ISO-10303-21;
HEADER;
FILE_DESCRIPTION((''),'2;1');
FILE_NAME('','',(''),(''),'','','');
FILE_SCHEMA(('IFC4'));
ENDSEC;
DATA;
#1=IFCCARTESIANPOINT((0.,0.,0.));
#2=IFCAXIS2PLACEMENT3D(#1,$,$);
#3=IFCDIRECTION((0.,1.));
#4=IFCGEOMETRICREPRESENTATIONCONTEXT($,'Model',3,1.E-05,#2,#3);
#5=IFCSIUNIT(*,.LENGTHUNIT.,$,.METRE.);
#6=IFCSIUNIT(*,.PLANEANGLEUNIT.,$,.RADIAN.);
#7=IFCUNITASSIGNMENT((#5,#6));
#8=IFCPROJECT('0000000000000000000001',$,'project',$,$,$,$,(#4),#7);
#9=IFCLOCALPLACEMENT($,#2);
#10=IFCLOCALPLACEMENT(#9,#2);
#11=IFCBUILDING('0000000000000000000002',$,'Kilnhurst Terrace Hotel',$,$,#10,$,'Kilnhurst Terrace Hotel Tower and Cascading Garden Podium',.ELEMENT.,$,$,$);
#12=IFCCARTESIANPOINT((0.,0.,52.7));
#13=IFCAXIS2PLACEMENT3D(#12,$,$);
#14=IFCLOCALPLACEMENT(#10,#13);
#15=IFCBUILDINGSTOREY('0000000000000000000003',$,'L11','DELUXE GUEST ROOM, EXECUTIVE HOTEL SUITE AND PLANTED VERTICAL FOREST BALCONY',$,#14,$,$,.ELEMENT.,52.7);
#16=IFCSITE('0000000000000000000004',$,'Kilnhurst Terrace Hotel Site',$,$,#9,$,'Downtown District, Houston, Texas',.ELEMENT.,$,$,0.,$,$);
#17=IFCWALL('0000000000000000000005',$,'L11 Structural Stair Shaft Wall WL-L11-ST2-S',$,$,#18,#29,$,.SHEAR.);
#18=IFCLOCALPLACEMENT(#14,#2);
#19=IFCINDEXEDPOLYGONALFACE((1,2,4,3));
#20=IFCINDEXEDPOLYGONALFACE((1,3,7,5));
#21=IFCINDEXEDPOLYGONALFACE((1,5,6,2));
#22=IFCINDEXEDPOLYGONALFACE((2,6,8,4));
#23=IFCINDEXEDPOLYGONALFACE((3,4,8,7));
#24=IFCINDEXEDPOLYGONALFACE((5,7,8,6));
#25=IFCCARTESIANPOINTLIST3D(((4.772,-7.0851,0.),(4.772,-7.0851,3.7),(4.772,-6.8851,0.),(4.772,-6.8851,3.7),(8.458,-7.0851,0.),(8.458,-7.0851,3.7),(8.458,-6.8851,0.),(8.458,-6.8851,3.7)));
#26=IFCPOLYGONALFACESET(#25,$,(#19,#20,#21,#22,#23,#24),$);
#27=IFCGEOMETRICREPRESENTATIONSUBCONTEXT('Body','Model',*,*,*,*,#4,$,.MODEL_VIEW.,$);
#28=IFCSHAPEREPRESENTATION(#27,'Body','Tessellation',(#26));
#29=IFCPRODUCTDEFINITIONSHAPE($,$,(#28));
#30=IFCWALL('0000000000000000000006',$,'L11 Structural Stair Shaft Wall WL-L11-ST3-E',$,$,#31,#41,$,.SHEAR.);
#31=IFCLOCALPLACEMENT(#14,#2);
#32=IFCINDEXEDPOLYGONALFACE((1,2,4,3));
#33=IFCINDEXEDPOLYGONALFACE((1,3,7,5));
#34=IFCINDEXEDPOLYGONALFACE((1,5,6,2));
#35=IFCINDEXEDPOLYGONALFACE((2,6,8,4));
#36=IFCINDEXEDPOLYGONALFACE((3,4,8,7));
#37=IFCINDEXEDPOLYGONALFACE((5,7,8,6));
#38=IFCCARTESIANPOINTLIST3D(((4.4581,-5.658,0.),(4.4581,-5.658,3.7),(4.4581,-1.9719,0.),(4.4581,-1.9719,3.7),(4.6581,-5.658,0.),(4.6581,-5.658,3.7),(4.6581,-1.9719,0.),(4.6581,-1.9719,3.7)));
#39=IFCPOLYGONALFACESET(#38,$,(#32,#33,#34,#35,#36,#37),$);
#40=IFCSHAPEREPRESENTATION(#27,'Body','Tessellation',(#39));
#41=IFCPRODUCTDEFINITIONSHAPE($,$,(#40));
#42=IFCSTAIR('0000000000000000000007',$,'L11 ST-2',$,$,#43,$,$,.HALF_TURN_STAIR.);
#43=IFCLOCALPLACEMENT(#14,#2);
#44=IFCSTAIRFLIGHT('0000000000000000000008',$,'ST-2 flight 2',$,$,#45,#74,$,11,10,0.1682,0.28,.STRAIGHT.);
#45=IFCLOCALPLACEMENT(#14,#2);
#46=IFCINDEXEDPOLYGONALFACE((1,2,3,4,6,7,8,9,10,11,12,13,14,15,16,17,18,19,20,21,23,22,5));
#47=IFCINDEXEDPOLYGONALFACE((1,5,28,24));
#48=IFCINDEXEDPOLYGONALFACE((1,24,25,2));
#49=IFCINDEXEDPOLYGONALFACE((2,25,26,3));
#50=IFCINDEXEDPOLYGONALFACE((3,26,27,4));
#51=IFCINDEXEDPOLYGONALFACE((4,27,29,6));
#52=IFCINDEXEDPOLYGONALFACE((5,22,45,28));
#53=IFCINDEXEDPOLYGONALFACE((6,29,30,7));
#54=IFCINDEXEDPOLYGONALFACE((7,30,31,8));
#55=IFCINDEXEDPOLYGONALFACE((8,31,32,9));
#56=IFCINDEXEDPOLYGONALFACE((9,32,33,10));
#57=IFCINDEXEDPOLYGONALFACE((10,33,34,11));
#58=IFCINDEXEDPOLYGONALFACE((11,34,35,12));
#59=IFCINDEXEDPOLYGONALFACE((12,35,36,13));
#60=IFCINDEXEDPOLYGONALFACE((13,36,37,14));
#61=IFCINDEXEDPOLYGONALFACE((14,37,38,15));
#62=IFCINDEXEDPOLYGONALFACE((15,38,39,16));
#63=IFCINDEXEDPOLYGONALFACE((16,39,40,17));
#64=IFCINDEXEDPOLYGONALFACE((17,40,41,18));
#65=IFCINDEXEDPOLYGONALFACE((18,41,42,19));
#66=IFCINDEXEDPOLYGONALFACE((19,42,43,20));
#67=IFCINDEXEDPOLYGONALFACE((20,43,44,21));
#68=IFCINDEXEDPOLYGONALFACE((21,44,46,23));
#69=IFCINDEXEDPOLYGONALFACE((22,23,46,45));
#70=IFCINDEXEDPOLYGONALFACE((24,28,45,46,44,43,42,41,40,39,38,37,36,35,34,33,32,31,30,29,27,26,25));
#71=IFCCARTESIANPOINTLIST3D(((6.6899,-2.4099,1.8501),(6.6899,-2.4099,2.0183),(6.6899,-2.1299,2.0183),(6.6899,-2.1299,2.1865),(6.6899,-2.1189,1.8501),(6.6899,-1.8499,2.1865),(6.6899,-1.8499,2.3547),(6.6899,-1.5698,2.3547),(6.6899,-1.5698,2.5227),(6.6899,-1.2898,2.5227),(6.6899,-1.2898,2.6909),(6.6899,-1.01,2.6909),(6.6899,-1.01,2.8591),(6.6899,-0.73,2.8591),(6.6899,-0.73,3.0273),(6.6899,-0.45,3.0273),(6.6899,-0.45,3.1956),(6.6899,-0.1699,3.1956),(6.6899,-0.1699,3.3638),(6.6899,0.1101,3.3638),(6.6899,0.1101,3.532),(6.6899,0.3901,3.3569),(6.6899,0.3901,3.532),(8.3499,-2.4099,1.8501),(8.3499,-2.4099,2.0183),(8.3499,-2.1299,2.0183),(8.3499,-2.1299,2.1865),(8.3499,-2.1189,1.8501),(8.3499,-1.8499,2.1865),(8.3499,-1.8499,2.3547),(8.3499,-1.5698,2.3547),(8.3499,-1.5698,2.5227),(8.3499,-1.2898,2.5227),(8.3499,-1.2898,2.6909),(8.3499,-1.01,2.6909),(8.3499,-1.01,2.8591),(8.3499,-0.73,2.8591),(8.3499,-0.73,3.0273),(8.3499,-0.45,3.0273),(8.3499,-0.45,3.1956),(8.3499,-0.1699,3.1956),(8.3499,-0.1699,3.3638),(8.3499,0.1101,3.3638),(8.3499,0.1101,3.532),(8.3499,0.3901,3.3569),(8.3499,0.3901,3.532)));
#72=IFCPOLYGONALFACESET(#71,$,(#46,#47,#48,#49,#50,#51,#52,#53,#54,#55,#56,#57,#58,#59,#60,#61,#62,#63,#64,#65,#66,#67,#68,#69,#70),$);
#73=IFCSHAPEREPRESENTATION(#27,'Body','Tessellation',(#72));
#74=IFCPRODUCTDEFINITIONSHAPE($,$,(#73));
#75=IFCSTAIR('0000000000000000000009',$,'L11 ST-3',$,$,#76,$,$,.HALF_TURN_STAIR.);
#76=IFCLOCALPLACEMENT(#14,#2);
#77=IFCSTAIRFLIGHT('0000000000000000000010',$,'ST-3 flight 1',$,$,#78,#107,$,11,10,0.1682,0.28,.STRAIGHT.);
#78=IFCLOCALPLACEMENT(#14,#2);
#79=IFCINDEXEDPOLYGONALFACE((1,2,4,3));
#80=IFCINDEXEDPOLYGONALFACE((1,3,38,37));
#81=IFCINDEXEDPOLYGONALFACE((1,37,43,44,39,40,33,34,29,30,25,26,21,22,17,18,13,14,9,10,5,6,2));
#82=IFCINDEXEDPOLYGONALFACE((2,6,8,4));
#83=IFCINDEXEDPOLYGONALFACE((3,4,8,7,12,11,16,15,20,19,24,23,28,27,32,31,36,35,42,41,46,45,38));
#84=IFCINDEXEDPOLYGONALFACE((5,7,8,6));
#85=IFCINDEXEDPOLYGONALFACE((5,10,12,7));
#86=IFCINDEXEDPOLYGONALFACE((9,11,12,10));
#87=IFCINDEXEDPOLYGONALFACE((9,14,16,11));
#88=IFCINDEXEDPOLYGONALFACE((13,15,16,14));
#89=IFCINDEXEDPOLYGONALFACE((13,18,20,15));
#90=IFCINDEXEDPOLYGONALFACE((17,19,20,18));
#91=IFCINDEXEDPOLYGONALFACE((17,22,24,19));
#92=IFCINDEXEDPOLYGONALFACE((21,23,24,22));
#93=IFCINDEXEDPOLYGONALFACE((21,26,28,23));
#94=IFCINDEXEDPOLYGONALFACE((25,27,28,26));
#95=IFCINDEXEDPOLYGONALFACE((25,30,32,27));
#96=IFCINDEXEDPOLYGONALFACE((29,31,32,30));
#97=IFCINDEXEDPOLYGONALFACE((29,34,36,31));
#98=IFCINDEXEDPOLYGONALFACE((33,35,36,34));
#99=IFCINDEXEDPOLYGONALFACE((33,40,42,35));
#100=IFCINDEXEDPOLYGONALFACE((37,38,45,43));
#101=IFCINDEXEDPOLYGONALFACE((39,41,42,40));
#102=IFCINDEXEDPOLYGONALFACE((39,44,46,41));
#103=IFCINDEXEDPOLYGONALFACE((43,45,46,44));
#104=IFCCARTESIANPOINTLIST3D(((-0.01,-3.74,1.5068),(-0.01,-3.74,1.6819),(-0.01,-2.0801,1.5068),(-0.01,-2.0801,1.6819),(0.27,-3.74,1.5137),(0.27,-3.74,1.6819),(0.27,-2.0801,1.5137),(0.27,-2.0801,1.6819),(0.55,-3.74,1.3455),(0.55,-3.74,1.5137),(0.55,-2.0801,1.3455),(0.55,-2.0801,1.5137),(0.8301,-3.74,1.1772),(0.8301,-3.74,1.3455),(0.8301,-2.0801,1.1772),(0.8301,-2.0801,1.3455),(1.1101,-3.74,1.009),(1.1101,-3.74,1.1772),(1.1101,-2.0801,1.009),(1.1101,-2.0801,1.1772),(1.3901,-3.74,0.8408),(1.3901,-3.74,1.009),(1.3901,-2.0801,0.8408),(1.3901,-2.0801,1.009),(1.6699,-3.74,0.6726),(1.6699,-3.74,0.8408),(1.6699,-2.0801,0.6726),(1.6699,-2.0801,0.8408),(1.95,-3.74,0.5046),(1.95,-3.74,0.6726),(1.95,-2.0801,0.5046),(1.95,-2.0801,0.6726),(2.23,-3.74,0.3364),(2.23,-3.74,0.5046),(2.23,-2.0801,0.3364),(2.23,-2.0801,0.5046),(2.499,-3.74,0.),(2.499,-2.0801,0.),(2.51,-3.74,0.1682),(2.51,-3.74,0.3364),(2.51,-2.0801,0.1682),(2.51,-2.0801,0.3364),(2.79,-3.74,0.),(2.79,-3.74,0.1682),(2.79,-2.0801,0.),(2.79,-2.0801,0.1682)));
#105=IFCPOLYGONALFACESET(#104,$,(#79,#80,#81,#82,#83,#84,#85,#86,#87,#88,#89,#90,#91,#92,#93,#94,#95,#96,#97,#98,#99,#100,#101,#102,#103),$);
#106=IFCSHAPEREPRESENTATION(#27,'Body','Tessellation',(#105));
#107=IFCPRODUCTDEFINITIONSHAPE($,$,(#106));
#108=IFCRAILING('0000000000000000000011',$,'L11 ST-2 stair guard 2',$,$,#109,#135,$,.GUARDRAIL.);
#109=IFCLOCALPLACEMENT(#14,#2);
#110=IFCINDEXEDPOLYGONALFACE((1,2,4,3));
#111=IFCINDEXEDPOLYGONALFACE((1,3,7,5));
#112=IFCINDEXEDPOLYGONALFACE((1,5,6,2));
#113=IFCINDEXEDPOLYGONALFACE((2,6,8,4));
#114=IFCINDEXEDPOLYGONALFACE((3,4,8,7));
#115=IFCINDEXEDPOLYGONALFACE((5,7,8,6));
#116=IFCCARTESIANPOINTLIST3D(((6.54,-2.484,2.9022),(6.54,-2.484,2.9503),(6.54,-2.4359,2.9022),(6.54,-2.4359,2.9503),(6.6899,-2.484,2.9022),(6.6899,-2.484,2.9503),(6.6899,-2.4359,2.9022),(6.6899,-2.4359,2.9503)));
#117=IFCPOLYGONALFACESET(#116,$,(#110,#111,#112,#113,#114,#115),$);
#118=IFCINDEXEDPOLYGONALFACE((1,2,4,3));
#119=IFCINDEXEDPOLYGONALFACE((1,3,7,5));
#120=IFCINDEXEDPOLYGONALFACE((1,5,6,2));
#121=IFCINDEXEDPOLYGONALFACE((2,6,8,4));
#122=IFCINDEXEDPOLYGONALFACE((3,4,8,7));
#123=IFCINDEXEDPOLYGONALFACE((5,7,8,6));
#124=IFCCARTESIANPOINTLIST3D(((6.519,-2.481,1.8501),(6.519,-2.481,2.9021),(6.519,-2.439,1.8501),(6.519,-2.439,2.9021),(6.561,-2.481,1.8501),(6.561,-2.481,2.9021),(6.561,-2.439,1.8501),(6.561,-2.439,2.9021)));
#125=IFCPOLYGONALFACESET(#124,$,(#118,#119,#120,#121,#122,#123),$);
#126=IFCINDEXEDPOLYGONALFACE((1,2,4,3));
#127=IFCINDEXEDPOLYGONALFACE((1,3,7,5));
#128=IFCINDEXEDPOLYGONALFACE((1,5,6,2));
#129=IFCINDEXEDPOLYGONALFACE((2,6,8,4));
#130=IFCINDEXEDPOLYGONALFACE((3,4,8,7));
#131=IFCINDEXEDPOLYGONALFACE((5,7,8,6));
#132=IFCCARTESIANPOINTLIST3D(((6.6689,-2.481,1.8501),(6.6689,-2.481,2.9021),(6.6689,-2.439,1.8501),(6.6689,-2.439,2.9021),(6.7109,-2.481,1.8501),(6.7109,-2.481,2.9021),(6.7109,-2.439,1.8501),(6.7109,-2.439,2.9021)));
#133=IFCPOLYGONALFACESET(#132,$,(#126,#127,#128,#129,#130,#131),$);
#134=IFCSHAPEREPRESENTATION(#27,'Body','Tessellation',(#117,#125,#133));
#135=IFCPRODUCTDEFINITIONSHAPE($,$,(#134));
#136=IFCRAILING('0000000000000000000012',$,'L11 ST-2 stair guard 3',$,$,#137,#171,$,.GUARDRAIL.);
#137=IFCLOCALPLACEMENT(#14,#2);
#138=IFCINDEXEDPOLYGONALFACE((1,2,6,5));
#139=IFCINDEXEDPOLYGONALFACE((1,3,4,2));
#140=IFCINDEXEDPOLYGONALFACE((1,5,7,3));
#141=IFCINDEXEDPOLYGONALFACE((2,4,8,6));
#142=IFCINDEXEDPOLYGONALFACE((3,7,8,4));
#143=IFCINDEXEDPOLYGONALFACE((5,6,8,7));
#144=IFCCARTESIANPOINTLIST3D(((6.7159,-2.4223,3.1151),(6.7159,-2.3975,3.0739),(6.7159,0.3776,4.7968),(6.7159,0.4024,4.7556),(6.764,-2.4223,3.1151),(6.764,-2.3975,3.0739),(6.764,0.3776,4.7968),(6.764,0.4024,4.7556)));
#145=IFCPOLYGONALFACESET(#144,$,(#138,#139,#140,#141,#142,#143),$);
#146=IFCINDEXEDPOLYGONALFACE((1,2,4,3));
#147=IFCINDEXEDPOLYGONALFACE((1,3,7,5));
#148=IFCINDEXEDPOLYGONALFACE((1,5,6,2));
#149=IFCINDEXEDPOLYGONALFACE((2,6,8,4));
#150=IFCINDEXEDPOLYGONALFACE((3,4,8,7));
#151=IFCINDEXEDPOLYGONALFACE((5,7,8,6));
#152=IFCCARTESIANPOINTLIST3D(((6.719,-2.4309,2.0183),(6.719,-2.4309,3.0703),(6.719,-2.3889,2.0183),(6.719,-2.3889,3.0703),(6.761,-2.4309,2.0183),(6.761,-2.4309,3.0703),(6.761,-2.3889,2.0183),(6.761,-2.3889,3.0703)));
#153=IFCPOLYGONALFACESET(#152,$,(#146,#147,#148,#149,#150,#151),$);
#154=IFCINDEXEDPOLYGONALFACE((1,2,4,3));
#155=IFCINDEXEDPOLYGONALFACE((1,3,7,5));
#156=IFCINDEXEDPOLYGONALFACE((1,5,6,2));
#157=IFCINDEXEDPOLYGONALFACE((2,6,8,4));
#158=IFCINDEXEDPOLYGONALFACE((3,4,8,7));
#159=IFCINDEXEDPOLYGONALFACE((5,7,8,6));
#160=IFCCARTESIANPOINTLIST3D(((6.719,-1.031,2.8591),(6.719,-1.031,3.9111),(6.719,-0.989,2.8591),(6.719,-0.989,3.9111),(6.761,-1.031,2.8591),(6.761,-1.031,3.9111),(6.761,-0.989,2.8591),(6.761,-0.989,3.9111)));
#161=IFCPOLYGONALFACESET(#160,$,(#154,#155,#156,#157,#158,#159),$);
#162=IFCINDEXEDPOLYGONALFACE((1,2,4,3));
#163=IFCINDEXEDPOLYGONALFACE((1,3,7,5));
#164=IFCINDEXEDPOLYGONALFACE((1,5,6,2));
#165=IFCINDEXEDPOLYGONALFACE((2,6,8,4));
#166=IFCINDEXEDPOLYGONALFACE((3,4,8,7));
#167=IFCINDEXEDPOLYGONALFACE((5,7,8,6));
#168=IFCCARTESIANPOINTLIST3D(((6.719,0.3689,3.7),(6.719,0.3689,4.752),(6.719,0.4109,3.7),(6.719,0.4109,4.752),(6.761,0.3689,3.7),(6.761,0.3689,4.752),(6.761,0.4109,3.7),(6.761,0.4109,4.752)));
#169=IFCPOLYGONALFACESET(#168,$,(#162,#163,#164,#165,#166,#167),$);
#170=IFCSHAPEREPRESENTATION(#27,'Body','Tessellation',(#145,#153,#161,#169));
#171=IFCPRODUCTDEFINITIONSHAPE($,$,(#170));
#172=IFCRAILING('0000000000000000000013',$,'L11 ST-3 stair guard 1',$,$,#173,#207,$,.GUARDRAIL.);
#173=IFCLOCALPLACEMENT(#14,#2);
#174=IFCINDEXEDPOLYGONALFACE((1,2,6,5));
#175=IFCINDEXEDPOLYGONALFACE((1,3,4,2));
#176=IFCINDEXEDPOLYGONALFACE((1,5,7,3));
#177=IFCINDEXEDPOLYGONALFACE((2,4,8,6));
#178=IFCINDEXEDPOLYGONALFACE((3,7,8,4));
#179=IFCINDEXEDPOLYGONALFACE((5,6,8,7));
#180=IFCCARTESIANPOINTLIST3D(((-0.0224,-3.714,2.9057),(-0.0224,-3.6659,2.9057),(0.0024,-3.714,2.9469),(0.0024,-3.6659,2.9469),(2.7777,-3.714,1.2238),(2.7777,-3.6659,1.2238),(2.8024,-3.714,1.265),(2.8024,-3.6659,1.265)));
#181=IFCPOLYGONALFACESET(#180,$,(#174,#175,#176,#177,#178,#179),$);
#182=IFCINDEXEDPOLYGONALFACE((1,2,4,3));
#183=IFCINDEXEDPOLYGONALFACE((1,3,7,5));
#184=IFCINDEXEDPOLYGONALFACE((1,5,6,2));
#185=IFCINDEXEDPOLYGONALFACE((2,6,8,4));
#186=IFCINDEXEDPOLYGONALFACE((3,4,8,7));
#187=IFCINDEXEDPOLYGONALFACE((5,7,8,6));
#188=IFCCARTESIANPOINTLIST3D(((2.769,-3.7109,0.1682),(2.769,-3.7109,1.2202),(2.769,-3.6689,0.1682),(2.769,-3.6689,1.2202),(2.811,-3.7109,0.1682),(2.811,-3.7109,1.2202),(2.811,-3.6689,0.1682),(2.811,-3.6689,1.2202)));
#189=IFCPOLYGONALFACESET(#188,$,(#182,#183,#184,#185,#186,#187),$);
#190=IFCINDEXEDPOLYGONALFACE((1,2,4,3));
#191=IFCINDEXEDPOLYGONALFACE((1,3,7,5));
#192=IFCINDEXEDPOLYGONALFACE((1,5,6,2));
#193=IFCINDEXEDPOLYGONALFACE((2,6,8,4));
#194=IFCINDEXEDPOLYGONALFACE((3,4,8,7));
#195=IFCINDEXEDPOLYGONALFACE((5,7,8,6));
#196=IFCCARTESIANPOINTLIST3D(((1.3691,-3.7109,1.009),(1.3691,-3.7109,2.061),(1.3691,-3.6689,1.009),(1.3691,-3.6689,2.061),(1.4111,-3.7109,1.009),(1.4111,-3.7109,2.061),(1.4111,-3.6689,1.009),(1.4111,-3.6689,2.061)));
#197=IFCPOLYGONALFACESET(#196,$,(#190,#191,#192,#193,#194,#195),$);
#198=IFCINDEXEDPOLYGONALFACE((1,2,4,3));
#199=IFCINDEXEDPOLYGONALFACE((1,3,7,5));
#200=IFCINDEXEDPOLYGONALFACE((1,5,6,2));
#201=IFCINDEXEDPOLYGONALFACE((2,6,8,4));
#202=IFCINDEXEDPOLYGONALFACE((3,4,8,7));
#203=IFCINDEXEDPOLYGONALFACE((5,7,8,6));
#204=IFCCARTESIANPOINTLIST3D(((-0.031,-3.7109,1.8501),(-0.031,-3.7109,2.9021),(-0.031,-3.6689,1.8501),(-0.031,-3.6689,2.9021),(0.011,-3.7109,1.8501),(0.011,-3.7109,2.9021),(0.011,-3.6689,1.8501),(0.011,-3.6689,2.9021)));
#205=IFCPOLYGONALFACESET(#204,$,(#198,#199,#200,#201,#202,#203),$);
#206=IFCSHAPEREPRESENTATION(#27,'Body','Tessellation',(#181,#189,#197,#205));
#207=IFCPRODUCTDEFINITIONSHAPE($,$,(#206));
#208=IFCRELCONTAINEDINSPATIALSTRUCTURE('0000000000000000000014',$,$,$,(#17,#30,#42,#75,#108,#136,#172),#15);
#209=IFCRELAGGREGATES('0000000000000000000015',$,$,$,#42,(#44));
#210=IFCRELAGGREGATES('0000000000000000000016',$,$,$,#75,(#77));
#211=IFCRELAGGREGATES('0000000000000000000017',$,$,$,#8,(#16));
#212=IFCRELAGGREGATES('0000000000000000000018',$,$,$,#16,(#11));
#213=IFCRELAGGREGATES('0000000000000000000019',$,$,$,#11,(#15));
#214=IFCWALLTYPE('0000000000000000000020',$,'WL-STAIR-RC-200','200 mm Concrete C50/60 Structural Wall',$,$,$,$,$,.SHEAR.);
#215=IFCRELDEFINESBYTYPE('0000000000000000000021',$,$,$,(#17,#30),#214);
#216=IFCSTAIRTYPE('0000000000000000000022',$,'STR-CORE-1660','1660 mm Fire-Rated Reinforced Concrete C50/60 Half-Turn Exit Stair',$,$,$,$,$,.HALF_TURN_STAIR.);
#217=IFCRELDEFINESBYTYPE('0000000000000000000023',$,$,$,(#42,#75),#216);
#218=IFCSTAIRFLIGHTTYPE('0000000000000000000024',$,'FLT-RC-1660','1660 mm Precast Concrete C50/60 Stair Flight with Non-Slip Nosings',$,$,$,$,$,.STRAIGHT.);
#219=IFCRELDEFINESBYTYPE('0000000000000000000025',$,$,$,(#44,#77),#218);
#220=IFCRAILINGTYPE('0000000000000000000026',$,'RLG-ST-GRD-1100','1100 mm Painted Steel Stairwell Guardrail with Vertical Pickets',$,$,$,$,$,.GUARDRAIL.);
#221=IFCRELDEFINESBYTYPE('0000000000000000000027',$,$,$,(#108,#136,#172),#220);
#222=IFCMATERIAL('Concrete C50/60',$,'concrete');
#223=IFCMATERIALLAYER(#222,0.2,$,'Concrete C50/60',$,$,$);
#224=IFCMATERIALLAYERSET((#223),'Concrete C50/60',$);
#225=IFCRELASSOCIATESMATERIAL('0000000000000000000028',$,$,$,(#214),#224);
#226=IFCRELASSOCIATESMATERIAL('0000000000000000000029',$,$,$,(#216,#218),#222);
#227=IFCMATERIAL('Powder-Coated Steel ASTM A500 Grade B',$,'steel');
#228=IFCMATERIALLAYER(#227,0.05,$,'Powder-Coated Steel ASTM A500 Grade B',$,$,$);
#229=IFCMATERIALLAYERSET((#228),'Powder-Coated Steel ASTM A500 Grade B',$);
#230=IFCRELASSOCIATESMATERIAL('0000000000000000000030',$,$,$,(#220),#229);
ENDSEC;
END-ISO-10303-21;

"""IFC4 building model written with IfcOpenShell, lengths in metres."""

from ifc_helpers import new_model, si_unit, direction, frame, frame_2d, origin, origin_2d, place, context, subcontext, project, spatial, polyline, rectangle, outline, extrude, material, layer, layer_set, type_object, element, aggregate, save


model = new_model("IFC4")

# Units and contexts
model_context = context("Model", 3, precision=1e-05, world=origin(), true_north=direction((0.0, 1.0)))
body_context = subcontext(model_context, "Body", "Model", "MODEL_VIEW")
ifc_project = project(units=[si_unit("LENGTHUNIT", "METRE"), si_unit("PLANEANGLEUNIT", "RADIAN")], contexts=[model_context])

# Site, building, storey
site_placement = place(None, origin())
site = spatial("IfcSite", under=ifc_project, at=site_placement, Name="Kilnhurst Terrace Hotel Site", LongName="Downtown District, Houston, Texas", CompositionType="ELEMENT", RefElevation=0.0)
building_placement = place(site_placement, origin())
building = spatial("IfcBuilding", under=site, at=building_placement, Name="Kilnhurst Terrace Hotel", LongName="Kilnhurst Terrace Hotel Tower and Cascading Garden Podium", CompositionType="ELEMENT")
storey_placement = place(building_placement, frame((0.0, 0.0, 52.7)))
storey = spatial("IfcBuildingStorey", under=building, at=storey_placement, Name="L11", Description="DELUXE GUEST ROOM, EXECUTIVE HOTEL SUITE AND PLANTED VERTICAL FOREST BALCONY", CompositionType="ELEMENT", Elevation=52.7)

# Shared definitions
ifc_material_1 = material(Name="Concrete C50/60", Category="concrete")

# Walls
ifc_layer_1 = layer(ifc_material_1, 0.2, Name="Concrete C50/60")
ifc_layer_set_1 = layer_set([ifc_layer_1], Name="Concrete C50/60")
wall_type_1 = type_object("IfcWallType", Name="WL-STAIR-RC-200", Description="200 mm Concrete C50/60 Structural Wall", PredefinedType="SHEAR", material=ifc_layer_set_1)
for number, where, z_axis, x_axis, name in (
    (1, (4.772, -6.9851, 0.0), (0.0, 0.0, 1.0), (1.0, 0.0, 0.0), "L11 Structural Stair Shaft Wall WL-L11-ST2-S"),
    (2, (4.5581, -5.658, 0.0), (0.0, 0.0, 1.0), (0.0, 1.0, 0.0), "L11 Structural Stair Shaft Wall WL-L11-ST3-E"),
):
    element("IfcWall", number, at=place(storey_placement, frame(where, z_axis=z_axis, x_axis=x_axis)), inside=storey, type_object=wall_type_1, Name=name, PredefinedType="SHEAR", context=body_context, shape_type="SweptSolid", body=[
        extrude(rectangle(XDim=3.686, YDim=0.2, at=frame_2d((1.843, 0.0))), origin(), (0.0, 0.0, 1.0), 3.7),
    ])

# Stairs, stair flights
stair_type = type_object("IfcStairType", Name="STR-CORE-1660", Description="1660 mm Fire-Rated Reinforced Concrete C50/60 Half-Turn Exit Stair", PredefinedType="HALF_TURN_STAIR", material=ifc_material_1)
stair_1_placement = place(storey_placement, origin())
stair_1 = element("IfcStair", 3, at=stair_1_placement, inside=storey, type_object=stair_type, Name="L11 ST-2", PredefinedType="HALF_TURN_STAIR")
stair_flight_type = type_object("IfcStairFlightType", Name="FLT-RC-1660", Description="1660 mm Precast Concrete C50/60 Stair Flight with Non-Slip Nosings", PredefinedType="STRAIGHT", material=ifc_material_1)
stair_flight_1_placement = place(storey_placement, frame((7.52, -2.4099, 1.8501), z_axis=(0.0, 0.0, 1.0), x_axis=(0.0, 1.0, 0.0)))
stair_flight_1 = element("IfcStairFlight", 4, at=stair_flight_1_placement, type_object=stair_flight_type, Name="ST-2 flight 2", NumberOfRisers=11, NumberOfTreads=10, PredefinedType="STRAIGHT", RiserHeight=0.1682, TreadLength=0.28, context=body_context, shape_type="SweptSolid", body=[
    extrude(outline(polyline([(0.0, 0.0), (0.0, 0.1682), (0.28, 0.1682), (0.28, 0.3364), (0.5601, 0.3364), (0.5601, 0.5046), (0.8401, 0.5046), (0.8401, 0.6726), (1.1201, 0.6726), (1.1201, 0.8408), (1.3999, 0.8408), (1.3999, 1.009), (1.6799, 1.009), (1.6799, 1.1772), (1.96, 1.1772), (1.96, 1.3455), (2.24, 1.3455), (2.24, 1.5137), (2.52, 1.5137), (2.52, 1.6819), (2.8, 1.6819), (2.8, 1.8501), (2.8, 1.5068), (0.291, 0.0), (0.0, 0.0)])), frame((0.0, 0.8301, 0.0), z_axis=(0.0, -1.0, 0.0), x_axis=(1.0, 0.0, 0.0)), (0.0, 0.0, 1.0), 1.6599),
])
aggregate(stair_1, [stair_flight_1])
stair_2_placement = place(storey_placement, origin())
stair_2 = element("IfcStair", 5, at=stair_2_placement, inside=storey, type_object=stair_type, Name="L11 ST-3", PredefinedType="HALF_TURN_STAIR")
stair_flight_2_placement = place(storey_placement, frame((2.79, -2.9099, 0.0), z_axis=(0.0, 0.0, 1.0), x_axis=(-1.0, 0.0, 0.0)))
stair_flight_2 = element("IfcStairFlight", 6, at=stair_flight_2_placement, type_object=stair_flight_type, Name="ST-3 flight 1", NumberOfRisers=11, NumberOfTreads=10, PredefinedType="STRAIGHT", RiserHeight=0.1682, TreadLength=0.28, context=body_context, shape_type="SweptSolid", body=[
    extrude(outline(polyline([(0.0, 0.0), (0.0, 0.1682), (0.28, 0.1682), (0.28, 0.3364), (0.5601, 0.3364), (0.5601, 0.5046), (0.8401, 0.5046), (0.8401, 0.6726), (1.1201, 0.6726), (1.1201, 0.8408), (1.3999, 0.8408), (1.3999, 1.009), (1.6799, 1.009), (1.6799, 1.1772), (1.96, 1.1772), (1.96, 1.3455), (2.24, 1.3455), (2.24, 1.5137), (2.52, 1.5137), (2.52, 1.6819), (2.8, 1.6819), (2.8, 1.8501), (2.8, 1.5068), (0.291, 0.0), (0.0, 0.0)])), frame((0.0, 0.8301, 0.0), z_axis=(0.0, -1.0, 0.0), x_axis=(1.0, 0.0, 0.0)), (0.0, 0.0, 1.0), 1.6599),
])
aggregate(stair_2, [stair_flight_2])

# Railings
ifc_material_2 = material(Name="Powder-Coated Steel ASTM A500 Grade B", Category="steel")
ifc_layer_2 = layer(ifc_material_2, 0.05, Name="Powder-Coated Steel ASTM A500 Grade B")
ifc_layer_set_2 = layer_set([ifc_layer_2], Name="Powder-Coated Steel ASTM A500 Grade B")
railing_type_1 = type_object("IfcRailingType", Name="RLG-ST-GRD-1100", Description="1100 mm Painted Steel Stairwell Guardrail with Vertical Pickets", PredefinedType="GUARDRAIL", material=ifc_layer_set_2)
railing_1_placement = place(storey_placement, frame((6.54, -2.46, 1.8501)))
element("IfcRailing", 7, at=railing_1_placement, inside=storey, type_object=railing_type_1, Name="L11 ST-2 stair guard 2", PredefinedType="GUARDRAIL", context=body_context, shape_type="SweptSolid", body=[
    extrude(rectangle(XDim=0.0481, YDim=0.0481, at=origin_2d()), frame((0.0, 0.0, 1.0762), z_axis=(1.0, 0.0, 0.0), x_axis=(0.0, 1.0, 0.0)), (0.0, 0.0, 1.0), 0.1499),
    extrude(rectangle(XDim=0.042, YDim=0.042, at=origin_2d()), origin(), (0.0, 0.0, 1.0), 1.052),
    extrude(rectangle(XDim=0.042, YDim=0.042, at=origin_2d()), frame((0.1499, 0.0, 0.0)), (0.0, 0.0, 1.0), 1.052),
])
railing_2_placement = place(storey_placement, frame((6.74, -2.4099, 2.0183)))
element("IfcRailing", 8, at=railing_2_placement, inside=storey, type_object=railing_type_1, Name="L11 ST-2 stair guard 3", PredefinedType="GUARDRAIL", context=body_context, shape_type="SweptSolid", body=[
    extrude(rectangle(XDim=0.0481, YDim=0.0481, at=origin_2d()), frame((0.0, 0.0, 1.0762), z_axis=(0.0, 0.857255, 0.514891), x_axis=(-1.0, 0.0, 0.0)), (0.0, 0.0, 1.0), 3.2661),
    extrude(rectangle(XDim=0.042, YDim=0.042, at=origin_2d()), origin(), (0.0, 0.0, 1.0), 1.052),
    extrude(rectangle(XDim=0.042, YDim=0.042, at=origin_2d()), frame((0.0, 1.3999, 0.8408)), (0.0, 0.0, 1.0), 1.052),
    extrude(rectangle(XDim=0.042, YDim=0.042, at=origin_2d()), frame((0.0, 2.7998, 1.6816)), (0.0, 0.0, 1.0), 1.052),
])
railing_3_placement = place(storey_placement, frame((2.79, -3.6899, 0.1682)))
element("IfcRailing", 9, at=railing_3_placement, inside=storey, type_object=railing_type_1, Name="L11 ST-3 stair guard 1", PredefinedType="GUARDRAIL", context=body_context, shape_type="SweptSolid", body=[
    extrude(rectangle(XDim=0.0481, YDim=0.0481, at=origin_2d()), frame((0.0, 0.0, 1.0762), z_axis=(-0.857242, 0.0, 0.514913), x_axis=(0.0, -1.0, 0.0)), (0.0, 0.0, 1.0), 3.2664),
    extrude(rectangle(XDim=0.042, YDim=0.042, at=origin_2d()), origin(), (0.0, 0.0, 1.0), 1.052),
    extrude(rectangle(XDim=0.042, YDim=0.042, at=origin_2d()), frame((-1.3999, 0.0, 0.8408)), (0.0, 0.0, 1.0), 1.052),
    extrude(rectangle(XDim=0.042, YDim=0.042, at=origin_2d()), frame((-2.8, 0.0, 1.6819)), (0.0, 0.0, 1.0), 1.052),
])

save(model, "model.ifc")
